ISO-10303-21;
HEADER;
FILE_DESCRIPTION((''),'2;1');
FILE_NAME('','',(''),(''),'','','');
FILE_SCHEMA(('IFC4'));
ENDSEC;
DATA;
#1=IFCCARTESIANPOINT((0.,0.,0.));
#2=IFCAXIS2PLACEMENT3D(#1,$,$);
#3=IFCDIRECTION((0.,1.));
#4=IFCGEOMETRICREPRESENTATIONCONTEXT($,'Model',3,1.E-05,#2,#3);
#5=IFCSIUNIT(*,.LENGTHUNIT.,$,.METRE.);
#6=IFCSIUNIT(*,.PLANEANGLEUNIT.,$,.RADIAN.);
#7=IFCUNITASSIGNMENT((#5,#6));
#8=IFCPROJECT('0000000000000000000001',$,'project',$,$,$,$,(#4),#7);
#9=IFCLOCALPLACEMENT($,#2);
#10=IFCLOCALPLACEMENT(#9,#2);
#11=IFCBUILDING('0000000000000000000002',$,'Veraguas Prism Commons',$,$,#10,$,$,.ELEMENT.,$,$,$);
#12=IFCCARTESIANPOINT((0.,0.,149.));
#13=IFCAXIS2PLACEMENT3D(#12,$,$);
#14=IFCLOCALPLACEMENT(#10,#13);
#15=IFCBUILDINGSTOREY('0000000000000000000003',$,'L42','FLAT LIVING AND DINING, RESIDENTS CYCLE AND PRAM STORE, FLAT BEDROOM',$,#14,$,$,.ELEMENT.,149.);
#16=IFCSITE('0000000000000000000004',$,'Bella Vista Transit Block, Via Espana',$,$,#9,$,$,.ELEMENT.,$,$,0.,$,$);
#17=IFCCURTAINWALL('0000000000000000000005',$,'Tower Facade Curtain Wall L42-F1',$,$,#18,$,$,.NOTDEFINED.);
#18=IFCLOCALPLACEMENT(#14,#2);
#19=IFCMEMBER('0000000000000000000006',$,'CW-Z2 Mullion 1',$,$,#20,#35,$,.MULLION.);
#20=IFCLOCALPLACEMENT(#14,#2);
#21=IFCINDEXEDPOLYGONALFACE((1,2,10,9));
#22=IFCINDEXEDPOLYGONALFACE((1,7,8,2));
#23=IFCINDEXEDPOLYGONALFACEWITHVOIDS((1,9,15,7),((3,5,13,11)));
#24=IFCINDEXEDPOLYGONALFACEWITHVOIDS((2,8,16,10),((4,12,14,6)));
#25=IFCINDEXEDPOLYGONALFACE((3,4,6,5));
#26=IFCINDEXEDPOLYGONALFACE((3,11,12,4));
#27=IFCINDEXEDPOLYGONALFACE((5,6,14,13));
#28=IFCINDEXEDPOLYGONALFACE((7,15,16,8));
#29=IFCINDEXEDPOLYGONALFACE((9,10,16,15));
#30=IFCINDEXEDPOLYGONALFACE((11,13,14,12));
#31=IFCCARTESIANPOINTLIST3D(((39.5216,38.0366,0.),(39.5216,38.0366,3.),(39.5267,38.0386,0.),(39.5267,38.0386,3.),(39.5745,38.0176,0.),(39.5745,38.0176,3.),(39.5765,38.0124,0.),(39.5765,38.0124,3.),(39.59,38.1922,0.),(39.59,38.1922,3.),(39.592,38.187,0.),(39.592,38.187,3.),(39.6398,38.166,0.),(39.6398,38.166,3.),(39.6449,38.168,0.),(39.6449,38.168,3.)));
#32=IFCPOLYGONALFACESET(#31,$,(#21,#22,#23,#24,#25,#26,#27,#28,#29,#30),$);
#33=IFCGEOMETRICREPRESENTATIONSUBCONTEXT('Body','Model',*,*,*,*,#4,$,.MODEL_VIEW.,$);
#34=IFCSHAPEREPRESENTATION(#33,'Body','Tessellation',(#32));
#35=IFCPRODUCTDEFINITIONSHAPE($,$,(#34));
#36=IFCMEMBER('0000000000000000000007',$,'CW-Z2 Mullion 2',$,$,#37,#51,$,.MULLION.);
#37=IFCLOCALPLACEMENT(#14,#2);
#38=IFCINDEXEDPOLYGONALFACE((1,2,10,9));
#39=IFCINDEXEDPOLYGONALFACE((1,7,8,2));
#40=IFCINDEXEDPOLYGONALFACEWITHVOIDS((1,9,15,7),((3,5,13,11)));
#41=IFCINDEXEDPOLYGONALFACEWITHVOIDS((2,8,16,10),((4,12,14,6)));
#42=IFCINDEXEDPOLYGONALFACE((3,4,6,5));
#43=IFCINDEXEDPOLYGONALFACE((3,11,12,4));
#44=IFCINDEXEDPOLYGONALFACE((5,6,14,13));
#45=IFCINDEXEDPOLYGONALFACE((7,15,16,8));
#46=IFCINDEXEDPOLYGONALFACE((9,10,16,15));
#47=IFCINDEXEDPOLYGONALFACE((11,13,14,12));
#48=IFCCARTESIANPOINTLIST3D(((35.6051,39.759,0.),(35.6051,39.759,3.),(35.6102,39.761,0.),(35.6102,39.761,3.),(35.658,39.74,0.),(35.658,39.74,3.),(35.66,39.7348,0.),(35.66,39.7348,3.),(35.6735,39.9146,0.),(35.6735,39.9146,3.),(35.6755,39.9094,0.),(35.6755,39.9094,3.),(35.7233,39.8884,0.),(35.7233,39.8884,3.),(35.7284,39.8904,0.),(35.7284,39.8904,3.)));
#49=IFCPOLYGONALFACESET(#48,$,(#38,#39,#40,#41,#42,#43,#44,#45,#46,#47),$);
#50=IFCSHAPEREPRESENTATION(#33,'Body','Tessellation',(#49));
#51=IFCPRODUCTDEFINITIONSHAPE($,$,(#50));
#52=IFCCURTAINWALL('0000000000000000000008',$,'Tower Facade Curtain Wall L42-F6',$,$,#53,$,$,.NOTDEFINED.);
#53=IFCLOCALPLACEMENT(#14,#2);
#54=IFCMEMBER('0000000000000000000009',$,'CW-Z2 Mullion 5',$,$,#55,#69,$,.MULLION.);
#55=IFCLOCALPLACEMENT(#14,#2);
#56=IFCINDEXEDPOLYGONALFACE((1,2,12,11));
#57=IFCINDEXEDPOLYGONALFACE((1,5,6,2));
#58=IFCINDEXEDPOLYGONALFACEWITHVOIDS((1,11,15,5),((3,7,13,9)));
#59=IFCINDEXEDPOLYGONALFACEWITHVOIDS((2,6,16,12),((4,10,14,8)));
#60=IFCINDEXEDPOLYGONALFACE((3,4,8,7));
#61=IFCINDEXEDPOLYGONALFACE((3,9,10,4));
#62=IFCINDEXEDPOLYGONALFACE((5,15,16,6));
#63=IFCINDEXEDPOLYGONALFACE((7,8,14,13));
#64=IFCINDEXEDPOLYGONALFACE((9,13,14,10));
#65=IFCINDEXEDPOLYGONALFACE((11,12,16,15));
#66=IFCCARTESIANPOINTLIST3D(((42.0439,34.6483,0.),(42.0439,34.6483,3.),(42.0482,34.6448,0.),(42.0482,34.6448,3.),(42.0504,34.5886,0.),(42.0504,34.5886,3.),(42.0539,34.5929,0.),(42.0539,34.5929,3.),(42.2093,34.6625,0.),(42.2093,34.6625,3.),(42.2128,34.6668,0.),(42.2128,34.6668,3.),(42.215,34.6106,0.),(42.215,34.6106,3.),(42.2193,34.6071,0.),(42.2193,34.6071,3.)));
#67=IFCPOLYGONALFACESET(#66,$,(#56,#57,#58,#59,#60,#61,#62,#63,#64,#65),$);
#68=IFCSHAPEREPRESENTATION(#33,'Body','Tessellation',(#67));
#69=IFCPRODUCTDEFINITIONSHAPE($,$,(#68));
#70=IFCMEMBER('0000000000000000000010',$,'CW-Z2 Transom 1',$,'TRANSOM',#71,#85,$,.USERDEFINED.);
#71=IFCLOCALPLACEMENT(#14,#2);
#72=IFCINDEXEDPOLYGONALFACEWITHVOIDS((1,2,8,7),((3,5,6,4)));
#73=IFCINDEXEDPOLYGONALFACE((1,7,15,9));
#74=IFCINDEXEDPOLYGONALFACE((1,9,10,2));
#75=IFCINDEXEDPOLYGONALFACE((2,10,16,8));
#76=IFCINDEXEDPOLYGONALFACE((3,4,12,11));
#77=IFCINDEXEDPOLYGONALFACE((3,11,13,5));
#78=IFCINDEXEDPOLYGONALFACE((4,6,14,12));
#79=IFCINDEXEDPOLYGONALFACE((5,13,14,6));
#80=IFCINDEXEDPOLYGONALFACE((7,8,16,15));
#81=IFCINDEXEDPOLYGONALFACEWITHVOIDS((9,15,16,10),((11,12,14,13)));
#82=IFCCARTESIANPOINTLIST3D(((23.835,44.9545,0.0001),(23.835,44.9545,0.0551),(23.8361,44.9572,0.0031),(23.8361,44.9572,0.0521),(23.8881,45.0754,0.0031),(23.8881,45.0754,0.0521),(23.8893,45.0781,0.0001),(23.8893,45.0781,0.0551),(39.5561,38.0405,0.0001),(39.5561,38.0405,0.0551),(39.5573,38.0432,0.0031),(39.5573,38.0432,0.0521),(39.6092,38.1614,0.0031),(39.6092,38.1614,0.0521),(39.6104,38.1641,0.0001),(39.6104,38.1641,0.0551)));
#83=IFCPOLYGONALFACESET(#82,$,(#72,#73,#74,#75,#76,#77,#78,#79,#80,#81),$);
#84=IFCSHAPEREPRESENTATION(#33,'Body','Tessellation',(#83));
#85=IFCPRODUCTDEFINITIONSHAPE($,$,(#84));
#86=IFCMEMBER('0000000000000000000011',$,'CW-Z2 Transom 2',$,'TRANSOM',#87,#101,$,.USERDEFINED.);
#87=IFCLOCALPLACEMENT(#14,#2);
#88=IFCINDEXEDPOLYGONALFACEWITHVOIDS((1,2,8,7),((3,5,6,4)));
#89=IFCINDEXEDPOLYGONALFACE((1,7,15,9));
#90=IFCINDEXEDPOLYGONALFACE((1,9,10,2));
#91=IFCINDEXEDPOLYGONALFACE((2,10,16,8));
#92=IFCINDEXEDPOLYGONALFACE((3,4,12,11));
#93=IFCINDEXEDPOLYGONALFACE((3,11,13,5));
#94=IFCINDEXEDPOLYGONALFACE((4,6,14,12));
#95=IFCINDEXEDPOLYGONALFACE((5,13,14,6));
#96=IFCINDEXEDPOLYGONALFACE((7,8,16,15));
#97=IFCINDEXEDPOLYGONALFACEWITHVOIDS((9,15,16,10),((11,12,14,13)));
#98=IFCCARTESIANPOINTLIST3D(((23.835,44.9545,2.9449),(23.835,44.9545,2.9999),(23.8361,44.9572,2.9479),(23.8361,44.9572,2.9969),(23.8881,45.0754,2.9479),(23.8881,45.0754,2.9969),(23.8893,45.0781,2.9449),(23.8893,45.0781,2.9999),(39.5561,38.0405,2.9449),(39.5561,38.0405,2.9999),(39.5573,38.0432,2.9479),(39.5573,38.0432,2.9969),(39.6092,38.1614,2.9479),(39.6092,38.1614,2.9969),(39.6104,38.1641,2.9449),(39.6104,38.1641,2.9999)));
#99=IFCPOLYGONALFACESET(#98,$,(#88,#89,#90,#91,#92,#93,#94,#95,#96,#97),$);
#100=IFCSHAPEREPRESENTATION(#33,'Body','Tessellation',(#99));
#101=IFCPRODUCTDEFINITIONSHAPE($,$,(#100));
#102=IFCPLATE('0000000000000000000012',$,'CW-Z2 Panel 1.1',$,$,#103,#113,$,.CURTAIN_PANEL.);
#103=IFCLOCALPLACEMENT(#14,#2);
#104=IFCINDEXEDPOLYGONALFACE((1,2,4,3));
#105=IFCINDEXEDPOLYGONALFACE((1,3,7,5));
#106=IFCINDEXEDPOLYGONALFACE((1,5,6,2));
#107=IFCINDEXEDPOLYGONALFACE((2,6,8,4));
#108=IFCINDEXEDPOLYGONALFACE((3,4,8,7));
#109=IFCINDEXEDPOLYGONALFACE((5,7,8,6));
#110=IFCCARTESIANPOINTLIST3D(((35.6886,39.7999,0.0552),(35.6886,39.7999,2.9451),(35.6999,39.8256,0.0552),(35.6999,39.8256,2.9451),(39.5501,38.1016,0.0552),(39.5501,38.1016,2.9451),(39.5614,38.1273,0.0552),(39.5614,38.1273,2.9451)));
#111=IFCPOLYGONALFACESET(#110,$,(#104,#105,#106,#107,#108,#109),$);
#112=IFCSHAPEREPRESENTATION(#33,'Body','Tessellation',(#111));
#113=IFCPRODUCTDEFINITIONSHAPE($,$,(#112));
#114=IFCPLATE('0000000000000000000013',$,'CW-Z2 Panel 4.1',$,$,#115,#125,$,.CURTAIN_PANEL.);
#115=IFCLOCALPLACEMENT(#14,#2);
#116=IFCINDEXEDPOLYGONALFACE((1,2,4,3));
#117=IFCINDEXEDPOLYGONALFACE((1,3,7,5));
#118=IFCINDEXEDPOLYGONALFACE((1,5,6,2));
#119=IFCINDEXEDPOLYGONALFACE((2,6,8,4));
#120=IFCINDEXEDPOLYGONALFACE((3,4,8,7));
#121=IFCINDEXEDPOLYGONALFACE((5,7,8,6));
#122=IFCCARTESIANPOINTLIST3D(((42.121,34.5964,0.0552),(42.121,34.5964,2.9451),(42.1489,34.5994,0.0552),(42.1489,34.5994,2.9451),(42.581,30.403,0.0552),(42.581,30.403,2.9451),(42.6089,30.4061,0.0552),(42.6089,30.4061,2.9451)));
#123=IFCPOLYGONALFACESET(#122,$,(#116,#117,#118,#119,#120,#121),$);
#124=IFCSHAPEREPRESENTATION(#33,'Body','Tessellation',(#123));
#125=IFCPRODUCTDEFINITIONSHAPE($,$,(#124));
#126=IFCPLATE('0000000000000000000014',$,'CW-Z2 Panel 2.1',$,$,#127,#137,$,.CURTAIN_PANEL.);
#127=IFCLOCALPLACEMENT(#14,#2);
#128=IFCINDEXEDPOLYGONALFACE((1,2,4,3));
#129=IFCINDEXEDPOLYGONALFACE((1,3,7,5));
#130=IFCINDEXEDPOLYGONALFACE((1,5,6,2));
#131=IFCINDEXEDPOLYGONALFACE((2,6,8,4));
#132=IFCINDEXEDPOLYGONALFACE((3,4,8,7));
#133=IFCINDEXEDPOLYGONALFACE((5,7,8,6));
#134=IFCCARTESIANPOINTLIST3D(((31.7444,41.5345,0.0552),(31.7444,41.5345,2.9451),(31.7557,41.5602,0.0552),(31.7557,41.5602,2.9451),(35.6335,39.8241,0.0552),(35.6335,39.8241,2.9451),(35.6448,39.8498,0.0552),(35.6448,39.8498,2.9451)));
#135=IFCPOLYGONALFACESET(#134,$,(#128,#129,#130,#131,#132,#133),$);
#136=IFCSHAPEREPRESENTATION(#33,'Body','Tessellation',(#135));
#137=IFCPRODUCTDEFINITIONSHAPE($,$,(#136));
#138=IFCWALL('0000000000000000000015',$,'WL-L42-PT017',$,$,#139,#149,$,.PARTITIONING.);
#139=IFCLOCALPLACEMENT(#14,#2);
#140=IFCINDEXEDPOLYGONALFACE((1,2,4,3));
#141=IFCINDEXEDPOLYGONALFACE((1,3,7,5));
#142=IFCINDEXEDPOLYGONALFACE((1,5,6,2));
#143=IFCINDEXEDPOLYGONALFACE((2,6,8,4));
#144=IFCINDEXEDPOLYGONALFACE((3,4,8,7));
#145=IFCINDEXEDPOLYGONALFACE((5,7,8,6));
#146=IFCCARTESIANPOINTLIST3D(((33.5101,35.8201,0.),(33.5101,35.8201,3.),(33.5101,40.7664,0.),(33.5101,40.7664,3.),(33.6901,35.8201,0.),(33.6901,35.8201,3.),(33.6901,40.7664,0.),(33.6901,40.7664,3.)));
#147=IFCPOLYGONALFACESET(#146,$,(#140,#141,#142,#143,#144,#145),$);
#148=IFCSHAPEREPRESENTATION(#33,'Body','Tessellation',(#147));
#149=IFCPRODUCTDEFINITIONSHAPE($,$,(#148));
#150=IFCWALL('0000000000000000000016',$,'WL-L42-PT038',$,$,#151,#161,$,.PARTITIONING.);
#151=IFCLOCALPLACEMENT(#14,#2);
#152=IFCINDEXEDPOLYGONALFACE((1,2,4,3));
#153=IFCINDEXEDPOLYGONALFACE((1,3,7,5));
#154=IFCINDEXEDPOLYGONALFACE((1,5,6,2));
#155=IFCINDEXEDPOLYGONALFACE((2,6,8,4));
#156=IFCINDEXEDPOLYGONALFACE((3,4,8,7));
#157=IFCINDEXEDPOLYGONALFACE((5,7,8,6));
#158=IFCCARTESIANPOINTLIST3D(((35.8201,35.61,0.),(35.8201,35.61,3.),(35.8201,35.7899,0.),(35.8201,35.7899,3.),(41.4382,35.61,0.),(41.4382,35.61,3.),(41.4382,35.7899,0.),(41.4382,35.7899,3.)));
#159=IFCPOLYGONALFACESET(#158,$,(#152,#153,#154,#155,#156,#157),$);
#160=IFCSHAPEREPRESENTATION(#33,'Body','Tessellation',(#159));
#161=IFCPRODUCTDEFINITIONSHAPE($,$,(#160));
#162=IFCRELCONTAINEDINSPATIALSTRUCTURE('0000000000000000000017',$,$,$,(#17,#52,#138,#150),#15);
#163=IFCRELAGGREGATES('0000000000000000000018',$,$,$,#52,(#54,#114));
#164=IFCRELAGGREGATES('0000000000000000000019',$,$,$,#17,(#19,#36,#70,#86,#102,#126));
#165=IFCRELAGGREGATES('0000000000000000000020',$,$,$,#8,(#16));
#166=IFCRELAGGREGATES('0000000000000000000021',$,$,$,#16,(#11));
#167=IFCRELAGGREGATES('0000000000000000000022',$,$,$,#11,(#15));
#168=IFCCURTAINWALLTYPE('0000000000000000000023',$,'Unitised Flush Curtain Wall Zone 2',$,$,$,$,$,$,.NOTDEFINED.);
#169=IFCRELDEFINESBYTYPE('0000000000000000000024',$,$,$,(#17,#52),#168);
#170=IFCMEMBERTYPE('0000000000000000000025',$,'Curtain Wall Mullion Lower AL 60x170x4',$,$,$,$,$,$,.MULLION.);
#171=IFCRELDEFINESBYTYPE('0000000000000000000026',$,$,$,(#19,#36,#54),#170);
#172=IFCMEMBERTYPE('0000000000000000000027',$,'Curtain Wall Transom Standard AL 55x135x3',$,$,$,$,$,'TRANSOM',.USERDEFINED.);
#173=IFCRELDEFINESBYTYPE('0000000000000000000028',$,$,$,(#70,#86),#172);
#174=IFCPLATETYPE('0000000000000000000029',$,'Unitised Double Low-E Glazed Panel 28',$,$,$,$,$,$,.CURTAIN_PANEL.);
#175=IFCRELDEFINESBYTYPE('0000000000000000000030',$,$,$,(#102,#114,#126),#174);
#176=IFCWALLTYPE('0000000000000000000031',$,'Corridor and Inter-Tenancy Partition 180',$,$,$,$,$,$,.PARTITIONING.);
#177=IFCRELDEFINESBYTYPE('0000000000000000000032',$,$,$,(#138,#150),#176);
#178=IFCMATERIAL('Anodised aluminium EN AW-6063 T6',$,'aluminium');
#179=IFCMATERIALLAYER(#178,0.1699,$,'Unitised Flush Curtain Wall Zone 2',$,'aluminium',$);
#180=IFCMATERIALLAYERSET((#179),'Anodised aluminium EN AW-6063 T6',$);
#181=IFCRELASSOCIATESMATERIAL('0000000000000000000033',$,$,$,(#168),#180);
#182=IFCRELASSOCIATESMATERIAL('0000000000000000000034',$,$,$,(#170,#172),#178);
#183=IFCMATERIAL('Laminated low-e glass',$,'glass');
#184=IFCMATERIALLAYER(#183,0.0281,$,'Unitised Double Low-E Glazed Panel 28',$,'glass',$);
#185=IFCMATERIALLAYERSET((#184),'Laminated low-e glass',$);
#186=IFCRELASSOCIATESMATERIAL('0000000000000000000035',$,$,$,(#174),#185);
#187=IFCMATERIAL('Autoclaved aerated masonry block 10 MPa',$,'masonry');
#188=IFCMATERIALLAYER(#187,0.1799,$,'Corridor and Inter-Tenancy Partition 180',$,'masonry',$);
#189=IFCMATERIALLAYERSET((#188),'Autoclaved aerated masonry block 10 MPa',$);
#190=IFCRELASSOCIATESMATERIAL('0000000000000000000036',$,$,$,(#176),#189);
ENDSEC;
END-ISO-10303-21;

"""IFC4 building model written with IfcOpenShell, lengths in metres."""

from ifc_helpers import new_model, si_unit, direction, frame, frame_2d, origin, origin_2d, place, context, subcontext, project, spatial, rectangle, hollow_rectangle, extrude, source, transform, mapped, material, layer, layer_set, material_profile, profile_set, type_object, element, aggregate, save


model = new_model("IFC4")

# Units and contexts
model_context = context("Model", 3, precision=1e-05, world=origin(), true_north=direction((0.0, 1.0)))
body_context = subcontext(model_context, "Body", "Model", "MODEL_VIEW")
ifc_project = project(units=[si_unit("LENGTHUNIT", "METRE"), si_unit("PLANEANGLEUNIT", "RADIAN")], contexts=[model_context])

# Site, building, storey
site_placement = place(None, origin())
site = spatial("IfcSite", under=ifc_project, at=site_placement, Name="Bella Vista Transit Block, Via Espana", CompositionType="ELEMENT", RefElevation=0.0)
building_placement = place(site_placement, origin())
building = spatial("IfcBuilding", under=site, at=building_placement, Name="Veraguas Prism Commons", CompositionType="ELEMENT")
storey_placement = place(building_placement, frame((0.0, 0.0, 149.0)))
storey = spatial("IfcBuildingStorey", under=building, at=storey_placement, Name="L42", Description="FLAT LIVING AND DINING, RESIDENTS CYCLE AND PRAM STORE, FLAT BEDROOM", CompositionType="ELEMENT", Elevation=149.0)

# Curtain wall, members
ifc_material_1 = material(Name="Anodised aluminium EN AW-6063 T6", Category="aluminium")
ifc_layer_1 = layer(ifc_material_1, 0.1699, Name="Unitised Flush Curtain Wall Zone 2", Category="aluminium")
ifc_layer_set_1 = layer_set([ifc_layer_1], Name="Anodised aluminium EN AW-6063 T6")
curtain_wall_type = type_object("IfcCurtainWallType", Name="Unitised Flush Curtain Wall Zone 2", PredefinedType="NOTDEFINED", material=ifc_layer_set_1)
curtain_wall_1_placement = place(storey_placement, origin())
curtain_wall_1 = element("IfcCurtainWall", 1, at=curtain_wall_1_placement, inside=storey, type_object=curtain_wall_type, Name="Tower Facade Curtain Wall L42-F1", PredefinedType="NOTDEFINED")
ifc_material_profile_1 = material_profile(ifc_material_1, hollow_rectangle(XDim=0.0601, YDim=0.1699, WallThickness=0.0039, at=origin_2d()), Name="AL60X170X4")
ifc_profile_set_1 = profile_set([ifc_material_profile_1], Name="Anodised aluminium EN AW-6063 T6")
member_type_1 = type_object("IfcMemberType", Name="Curtain Wall Mullion Lower AL 60x170x4", PredefinedType="MULLION", material=ifc_profile_set_1)
shared_shape_1 = source(origin(), body_context, "Body", "SweptSolid", [
    extrude(hollow_rectangle(XDim=0.0601, YDim=0.1699, WallThickness=0.0039, at=origin_2d()), origin(), (0.0, 0.0, 1.0), 3.0),
])
member_1_placement = place(storey_placement, frame((39.5833, 38.1023, 0.0), z_axis=(0.0, 0.0, 1.0), x_axis=(-0.915385, 0.402579, 0.0)))
member_1 = element("IfcMember", 2, at=member_1_placement, type_object=member_type_1, Name="CW-Z2 Mullion 1", PredefinedType="MULLION", context=body_context, shape_type="MappedRepresentation", body=[
    mapped(shared_shape_1, transform((0.0, 0.0, 0.0), scale=1.0)),
])
member_2_placement = place(storey_placement, frame((35.6667, 39.8247, 0.0), z_axis=(0.0, 0.0, 1.0), x_axis=(-0.915385, 0.402579, 0.0)))
member_2 = element("IfcMember", 3, at=member_2_placement, type_object=member_type_1, Name="CW-Z2 Mullion 2", PredefinedType="MULLION", context=body_context, shape_type="MappedRepresentation", body=[
    mapped(shared_shape_1, transform((0.0, 0.0, 0.0), scale=1.0)),
])

# Curtain wall, member
curtain_wall_2_placement = place(storey_placement, origin())
curtain_wall_2 = element("IfcCurtainWall", 4, at=curtain_wall_2_placement, inside=storey, type_object=curtain_wall_type, Name="Tower Facade Curtain Wall L42-F6", PredefinedType="NOTDEFINED")
member_3_placement = place(storey_placement, frame((42.1316, 34.6277, 0.0), z_axis=(0.0, 0.0, 1.0), x_axis=(-0.109044, 0.994037, 0.0)))
member_3 = element("IfcMember", 5, at=member_3_placement, type_object=member_type_1, Name="CW-Z2 Mullion 5", PredefinedType="MULLION", context=body_context, shape_type="MappedRepresentation", body=[
    mapped(shared_shape_1, transform((0.0, 0.0, 0.0), scale=1.0)),
])

# Members
ifc_material_profile_2 = material_profile(ifc_material_1, hollow_rectangle(XDim=0.0549, YDim=0.135, WallThickness=0.0029, at=origin_2d()), Name="AL55X135X3")
ifc_profile_set_2 = profile_set([ifc_material_profile_2], Name="Anodised aluminium EN AW-6063 T6")
member_type_2 = type_object("IfcMemberType", Name="Curtain Wall Transom Standard AL 55x135x3", ElementType="TRANSOM", PredefinedType="USERDEFINED", material=ifc_profile_set_2)
shared_shape_2 = source(origin(), body_context, "Body", "SweptSolid", [
    extrude(hollow_rectangle(XDim=0.0549, YDim=0.135, WallThickness=0.0029, at=origin_2d()), origin(), (0.0, 0.0, 1.0), 17.1743),
])
member_4_placement = place(storey_placement, frame((39.5833, 38.1023, 0.0276), z_axis=(-0.915385, 0.402579, 0.0), x_axis=(0.0, 0.0, 1.0)))
member_4 = element("IfcMember", 6, at=member_4_placement, type_object=member_type_2, Name="CW-Z2 Transom 1", ObjectType="TRANSOM", PredefinedType="USERDEFINED", context=body_context, shape_type="MappedRepresentation", body=[
    mapped(shared_shape_2, transform((0.0, 0.0, 0.0), scale=1.0)),
])
member_5_placement = place(storey_placement, frame((39.5833, 38.1023, 2.9724), z_axis=(-0.915385, 0.402579, 0.0), x_axis=(0.0, 0.0, 1.0)))
member_5 = element("IfcMember", 7, at=member_5_placement, type_object=member_type_2, Name="CW-Z2 Transom 2", ObjectType="TRANSOM", PredefinedType="USERDEFINED", context=body_context, shape_type="MappedRepresentation", body=[
    mapped(shared_shape_2, transform((0.0, 0.0, 0.0), scale=1.0)),
])

# Plates
ifc_material_2 = material(Name="Laminated low-e glass", Category="glass")
ifc_layer_2 = layer(ifc_material_2, 0.0281, Name="Unitised Double Low-E Glazed Panel 28", Category="glass")
ifc_layer_set_2 = layer_set([ifc_layer_2], Name="Laminated low-e glass")
plate_type = type_object("IfcPlateType", Name="Unitised Double Low-E Glazed Panel 28", PredefinedType="CURTAIN_PANEL", material=ifc_layer_set_2)
shared_shape_3 = source(origin(), body_context, "Body", "SweptSolid", [
    extrude(rectangle(XDim=4.2185, YDim=0.0281, at=origin_2d()), origin(), (0.0, 0.0, 1.0), 2.8899),
])
plate_1_placement = place(storey_placement, frame((37.625, 38.9636, 0.0552), z_axis=(0.0, 0.0, 1.0), x_axis=(-0.915385, 0.402579, 0.0)))
plate_1 = element("IfcPlate", 8, at=plate_1_placement, type_object=plate_type, Name="CW-Z2 Panel 1.1", PredefinedType="CURTAIN_PANEL", context=body_context, shape_type="MappedRepresentation", body=[
    mapped(shared_shape_3, transform((0.0, 0.0, 0.0), scale=1.0)),
])
plate_2_placement = place(storey_placement, frame((42.365, 32.5012, 0.0552), z_axis=(0.0, 0.0, 1.0), x_axis=(-0.109044, 0.994037, 0.0)))
plate_2 = element("IfcPlate", 9, at=plate_2_placement, type_object=plate_type, Name="CW-Z2 Panel 4.1", PredefinedType="CURTAIN_PANEL", context=body_context, shape_type="MappedRepresentation", body=[
    mapped(shared_shape_3, transform((0.0, 0.0, 0.0), scale=1.0)),
])
aggregate(curtain_wall_2, [member_3, plate_2])
shared_shape_4 = source(origin(), body_context, "Body", "SweptSolid", [
    extrude(rectangle(XDim=4.2485, YDim=0.0281, at=origin_2d()), origin(), (0.0, 0.0, 1.0), 2.8899),
])
plate_3_placement = place(storey_placement, frame((33.6946, 40.6921, 0.0552), z_axis=(0.0, 0.0, 1.0), x_axis=(-0.915385, 0.402579, 0.0)))
plate_3 = element("IfcPlate", 10, at=plate_3_placement, type_object=plate_type, Name="CW-Z2 Panel 2.1", PredefinedType="CURTAIN_PANEL", context=body_context, shape_type="MappedRepresentation", body=[
    mapped(shared_shape_4, transform((0.0, 0.0, 0.0), scale=1.0)),
])
aggregate(curtain_wall_1, [member_1, member_2, member_4, member_5, plate_1, plate_3])

# Walls
ifc_material_3 = material(Name="Autoclaved aerated masonry block 10 MPa", Category="masonry")
ifc_layer_3 = layer(ifc_material_3, 0.1799, Name="Corridor and Inter-Tenancy Partition 180", Category="masonry")
ifc_layer_set_3 = layer_set([ifc_layer_3], Name="Autoclaved aerated masonry block 10 MPa")
wall_type_1 = type_object("IfcWallType", Name="Corridor and Inter-Tenancy Partition 180", PredefinedType="PARTITIONING", material=ifc_layer_set_3)
wall_1_placement = place(storey_placement, frame((33.6001, 35.8201, 0.0), z_axis=(0.0, 0.0, 1.0), x_axis=(0.0, 1.0, 0.0)))
element("IfcWall", 11, at=wall_1_placement, inside=storey, type_object=wall_type_1, Name="WL-L42-PT017", PredefinedType="PARTITIONING", context=body_context, shape_type="SweptSolid", body=[
    extrude(rectangle(XDim=4.9463, YDim=0.1799, at=frame_2d((2.4731, 0.0))), origin(), (0.0, 0.0, 1.0), 3.0),
])
wall_2_placement = place(storey_placement, frame((35.8201, 35.7, 0.0), z_axis=(0.0, 0.0, 1.0), x_axis=(1.0, 0.0, 0.0)))
element("IfcWall", 12, at=wall_2_placement, inside=storey, type_object=wall_type_1, Name="WL-L42-PT038", PredefinedType="PARTITIONING", context=body_context, shape_type="SweptSolid", body=[
    extrude(rectangle(XDim=5.6182, YDim=0.1799, at=frame_2d((2.8091, 0.0))), origin(), (0.0, 0.0, 1.0), 3.0),
])

save(model, "model.ifc")
